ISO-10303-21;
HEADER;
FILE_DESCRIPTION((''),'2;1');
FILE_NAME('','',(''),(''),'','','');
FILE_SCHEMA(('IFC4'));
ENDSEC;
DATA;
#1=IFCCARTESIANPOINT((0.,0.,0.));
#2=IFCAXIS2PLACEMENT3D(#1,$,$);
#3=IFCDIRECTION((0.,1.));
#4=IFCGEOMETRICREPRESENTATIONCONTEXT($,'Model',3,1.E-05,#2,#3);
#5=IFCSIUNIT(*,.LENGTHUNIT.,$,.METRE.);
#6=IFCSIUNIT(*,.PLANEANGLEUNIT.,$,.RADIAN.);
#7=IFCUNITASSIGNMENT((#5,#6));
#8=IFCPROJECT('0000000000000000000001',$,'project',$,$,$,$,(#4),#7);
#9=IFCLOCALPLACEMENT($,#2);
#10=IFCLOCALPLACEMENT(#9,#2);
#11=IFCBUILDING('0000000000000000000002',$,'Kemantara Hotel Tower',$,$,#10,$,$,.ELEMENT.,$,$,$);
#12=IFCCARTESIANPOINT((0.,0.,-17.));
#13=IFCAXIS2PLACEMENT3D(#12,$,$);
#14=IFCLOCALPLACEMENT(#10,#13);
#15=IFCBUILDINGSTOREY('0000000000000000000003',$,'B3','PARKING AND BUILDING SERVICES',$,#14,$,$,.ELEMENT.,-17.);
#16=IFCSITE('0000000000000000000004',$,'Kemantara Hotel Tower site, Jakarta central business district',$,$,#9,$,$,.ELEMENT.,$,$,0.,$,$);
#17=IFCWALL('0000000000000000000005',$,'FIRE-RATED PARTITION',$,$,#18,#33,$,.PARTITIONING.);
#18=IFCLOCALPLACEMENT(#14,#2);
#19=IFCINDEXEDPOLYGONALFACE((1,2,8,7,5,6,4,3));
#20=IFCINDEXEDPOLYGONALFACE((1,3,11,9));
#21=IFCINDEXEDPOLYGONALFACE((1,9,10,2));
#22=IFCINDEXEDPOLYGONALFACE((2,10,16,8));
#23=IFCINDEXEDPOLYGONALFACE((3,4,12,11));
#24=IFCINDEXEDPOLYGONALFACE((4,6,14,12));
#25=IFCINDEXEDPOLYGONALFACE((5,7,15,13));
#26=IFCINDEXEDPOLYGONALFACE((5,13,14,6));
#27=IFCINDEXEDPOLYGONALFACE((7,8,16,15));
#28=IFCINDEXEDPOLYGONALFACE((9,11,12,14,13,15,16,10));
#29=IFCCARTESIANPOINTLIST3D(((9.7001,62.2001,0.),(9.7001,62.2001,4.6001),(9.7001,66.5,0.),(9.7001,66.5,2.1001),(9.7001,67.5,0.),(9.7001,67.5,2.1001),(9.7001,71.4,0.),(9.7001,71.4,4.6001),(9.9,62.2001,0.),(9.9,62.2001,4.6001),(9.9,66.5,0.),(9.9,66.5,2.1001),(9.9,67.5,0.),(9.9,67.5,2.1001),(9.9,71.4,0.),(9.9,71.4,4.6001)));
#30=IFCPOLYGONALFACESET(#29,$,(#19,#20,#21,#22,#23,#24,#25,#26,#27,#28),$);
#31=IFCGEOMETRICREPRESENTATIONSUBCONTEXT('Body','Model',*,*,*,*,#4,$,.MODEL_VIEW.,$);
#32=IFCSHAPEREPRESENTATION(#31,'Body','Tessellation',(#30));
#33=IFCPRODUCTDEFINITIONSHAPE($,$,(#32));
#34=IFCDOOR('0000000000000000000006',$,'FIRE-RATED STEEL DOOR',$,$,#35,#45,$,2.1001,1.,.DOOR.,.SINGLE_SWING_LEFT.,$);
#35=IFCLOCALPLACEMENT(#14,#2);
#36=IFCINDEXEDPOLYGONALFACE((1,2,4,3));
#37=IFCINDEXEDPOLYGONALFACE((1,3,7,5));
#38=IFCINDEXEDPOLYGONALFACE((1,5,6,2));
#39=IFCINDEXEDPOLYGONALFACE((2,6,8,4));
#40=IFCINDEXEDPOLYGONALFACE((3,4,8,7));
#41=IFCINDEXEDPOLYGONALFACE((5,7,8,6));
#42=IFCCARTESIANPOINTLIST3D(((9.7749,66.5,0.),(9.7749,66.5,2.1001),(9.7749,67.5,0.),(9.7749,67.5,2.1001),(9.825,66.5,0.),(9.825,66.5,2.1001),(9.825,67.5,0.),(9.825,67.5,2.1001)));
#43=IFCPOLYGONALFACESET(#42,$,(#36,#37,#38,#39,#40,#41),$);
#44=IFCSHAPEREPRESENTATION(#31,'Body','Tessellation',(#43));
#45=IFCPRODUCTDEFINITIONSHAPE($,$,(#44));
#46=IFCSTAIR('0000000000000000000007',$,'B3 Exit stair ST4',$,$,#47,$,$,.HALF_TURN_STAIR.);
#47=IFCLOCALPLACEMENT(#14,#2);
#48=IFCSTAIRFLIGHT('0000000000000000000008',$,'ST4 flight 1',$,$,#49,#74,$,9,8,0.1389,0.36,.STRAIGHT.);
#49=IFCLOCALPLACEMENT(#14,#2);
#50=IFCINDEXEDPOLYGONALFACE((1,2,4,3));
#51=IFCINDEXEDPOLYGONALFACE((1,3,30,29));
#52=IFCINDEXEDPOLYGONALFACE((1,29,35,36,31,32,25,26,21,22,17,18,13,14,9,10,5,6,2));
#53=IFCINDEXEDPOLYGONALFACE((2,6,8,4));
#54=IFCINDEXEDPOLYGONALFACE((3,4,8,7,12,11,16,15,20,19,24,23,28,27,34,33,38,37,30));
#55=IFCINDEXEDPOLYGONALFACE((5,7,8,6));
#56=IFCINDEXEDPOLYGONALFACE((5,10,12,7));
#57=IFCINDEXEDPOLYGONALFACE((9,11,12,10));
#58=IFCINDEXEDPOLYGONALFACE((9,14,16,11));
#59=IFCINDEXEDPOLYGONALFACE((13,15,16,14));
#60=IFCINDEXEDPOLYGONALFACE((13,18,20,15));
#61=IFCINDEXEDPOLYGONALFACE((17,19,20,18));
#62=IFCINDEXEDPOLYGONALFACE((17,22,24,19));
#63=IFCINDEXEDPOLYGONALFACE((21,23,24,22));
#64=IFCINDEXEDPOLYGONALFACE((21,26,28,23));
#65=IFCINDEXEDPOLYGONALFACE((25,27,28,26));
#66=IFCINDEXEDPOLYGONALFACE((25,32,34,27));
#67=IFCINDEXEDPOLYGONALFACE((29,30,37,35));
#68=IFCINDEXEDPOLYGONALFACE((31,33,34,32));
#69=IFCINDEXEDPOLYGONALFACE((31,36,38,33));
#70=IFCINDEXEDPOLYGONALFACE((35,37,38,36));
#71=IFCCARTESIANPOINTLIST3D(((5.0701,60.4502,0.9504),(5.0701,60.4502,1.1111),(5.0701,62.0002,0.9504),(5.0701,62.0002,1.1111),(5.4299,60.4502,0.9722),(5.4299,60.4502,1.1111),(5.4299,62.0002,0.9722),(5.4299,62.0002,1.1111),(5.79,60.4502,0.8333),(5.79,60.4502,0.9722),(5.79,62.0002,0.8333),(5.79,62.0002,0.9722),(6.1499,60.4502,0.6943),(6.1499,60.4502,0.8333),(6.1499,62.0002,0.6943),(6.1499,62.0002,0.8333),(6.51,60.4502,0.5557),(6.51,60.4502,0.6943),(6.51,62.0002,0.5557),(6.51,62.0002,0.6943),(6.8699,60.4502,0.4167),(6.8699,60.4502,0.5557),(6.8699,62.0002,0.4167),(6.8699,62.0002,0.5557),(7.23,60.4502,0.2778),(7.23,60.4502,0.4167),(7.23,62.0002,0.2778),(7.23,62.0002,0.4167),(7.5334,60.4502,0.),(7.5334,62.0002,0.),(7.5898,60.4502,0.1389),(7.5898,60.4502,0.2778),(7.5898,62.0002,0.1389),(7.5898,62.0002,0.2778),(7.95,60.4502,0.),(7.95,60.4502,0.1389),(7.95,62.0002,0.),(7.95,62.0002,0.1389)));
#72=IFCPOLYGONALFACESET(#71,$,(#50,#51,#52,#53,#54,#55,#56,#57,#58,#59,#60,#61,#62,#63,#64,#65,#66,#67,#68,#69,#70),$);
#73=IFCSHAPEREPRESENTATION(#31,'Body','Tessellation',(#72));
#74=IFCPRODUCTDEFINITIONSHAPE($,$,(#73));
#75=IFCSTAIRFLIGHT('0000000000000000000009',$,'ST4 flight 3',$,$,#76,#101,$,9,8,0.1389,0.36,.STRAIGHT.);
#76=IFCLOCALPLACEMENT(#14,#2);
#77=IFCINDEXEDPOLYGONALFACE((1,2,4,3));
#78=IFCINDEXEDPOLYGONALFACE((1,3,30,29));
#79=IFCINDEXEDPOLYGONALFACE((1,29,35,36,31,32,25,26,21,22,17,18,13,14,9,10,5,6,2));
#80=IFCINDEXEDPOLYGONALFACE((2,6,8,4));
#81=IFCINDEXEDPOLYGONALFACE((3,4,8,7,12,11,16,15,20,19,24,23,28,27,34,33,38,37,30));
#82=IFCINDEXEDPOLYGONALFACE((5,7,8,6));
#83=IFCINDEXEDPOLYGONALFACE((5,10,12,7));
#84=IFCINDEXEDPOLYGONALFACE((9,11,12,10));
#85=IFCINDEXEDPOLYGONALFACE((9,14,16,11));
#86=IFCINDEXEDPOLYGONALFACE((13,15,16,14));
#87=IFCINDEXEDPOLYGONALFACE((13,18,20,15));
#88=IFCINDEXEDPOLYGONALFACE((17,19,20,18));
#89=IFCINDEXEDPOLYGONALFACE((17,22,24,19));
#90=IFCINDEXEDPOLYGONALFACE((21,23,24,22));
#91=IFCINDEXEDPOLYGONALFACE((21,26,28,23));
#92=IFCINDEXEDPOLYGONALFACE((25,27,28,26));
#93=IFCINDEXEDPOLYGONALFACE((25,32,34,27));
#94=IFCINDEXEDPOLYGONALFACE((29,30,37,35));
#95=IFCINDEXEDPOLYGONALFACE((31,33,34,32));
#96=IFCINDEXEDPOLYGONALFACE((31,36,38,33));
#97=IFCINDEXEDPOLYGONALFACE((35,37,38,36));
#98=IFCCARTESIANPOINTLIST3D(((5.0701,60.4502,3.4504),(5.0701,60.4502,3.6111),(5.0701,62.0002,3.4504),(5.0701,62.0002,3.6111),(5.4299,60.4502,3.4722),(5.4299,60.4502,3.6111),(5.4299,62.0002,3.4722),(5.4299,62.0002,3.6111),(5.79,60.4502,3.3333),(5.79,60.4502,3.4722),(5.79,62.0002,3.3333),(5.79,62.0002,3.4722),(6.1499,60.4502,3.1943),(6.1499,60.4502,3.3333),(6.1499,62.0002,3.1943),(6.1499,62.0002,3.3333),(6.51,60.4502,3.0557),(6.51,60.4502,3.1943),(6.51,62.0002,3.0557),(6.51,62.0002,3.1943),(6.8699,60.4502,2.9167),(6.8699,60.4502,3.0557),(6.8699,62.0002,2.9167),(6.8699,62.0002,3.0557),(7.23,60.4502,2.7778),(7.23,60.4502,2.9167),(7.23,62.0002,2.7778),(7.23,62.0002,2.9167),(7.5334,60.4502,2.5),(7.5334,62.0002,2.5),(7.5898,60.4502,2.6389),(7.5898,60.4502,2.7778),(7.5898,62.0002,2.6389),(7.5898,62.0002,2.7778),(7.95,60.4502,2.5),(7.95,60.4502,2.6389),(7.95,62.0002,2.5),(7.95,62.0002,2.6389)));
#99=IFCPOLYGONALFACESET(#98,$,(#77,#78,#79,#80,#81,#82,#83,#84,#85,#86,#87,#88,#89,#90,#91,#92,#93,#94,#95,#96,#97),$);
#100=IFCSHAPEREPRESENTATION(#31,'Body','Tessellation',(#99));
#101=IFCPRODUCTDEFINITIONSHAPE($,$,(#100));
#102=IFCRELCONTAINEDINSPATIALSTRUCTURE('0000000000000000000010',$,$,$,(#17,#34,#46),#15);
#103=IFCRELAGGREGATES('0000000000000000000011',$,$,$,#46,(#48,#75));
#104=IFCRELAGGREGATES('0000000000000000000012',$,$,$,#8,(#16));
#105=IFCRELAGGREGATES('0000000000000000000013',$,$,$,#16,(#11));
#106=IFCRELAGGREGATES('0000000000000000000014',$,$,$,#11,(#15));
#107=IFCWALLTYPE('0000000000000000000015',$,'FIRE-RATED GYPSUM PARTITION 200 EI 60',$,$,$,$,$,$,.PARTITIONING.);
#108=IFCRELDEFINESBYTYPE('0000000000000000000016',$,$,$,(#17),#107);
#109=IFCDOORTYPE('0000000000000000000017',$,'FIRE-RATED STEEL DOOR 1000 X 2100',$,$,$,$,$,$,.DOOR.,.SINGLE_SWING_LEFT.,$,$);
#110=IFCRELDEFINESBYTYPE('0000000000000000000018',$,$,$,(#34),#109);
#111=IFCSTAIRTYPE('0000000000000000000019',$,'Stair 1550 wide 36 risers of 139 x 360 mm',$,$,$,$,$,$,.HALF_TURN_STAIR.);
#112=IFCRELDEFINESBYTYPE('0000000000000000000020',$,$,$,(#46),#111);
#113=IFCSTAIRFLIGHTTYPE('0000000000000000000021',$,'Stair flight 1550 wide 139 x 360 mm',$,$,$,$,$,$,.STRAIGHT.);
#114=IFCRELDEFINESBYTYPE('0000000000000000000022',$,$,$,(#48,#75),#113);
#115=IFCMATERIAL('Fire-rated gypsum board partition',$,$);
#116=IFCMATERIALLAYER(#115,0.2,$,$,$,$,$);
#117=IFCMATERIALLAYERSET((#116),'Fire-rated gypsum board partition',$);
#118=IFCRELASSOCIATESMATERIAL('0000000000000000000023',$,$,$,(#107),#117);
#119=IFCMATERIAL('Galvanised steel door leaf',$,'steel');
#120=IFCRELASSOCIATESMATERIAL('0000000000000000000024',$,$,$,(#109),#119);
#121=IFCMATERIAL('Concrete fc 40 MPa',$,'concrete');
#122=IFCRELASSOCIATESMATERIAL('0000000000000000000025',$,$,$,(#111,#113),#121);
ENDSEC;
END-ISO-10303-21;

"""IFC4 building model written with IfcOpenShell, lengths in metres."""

from ifc_helpers import new_model, si_unit, direction, frame, frame_2d, origin, place, context, subcontext, project, spatial, polyline, rectangle, outline, extrude, material, layer, layer_set, type_object, element, fill, aggregate, save


model = new_model("IFC4")

# Units and contexts
model_context = context("Model", 3, precision=1e-05, world=origin(), true_north=direction((0.0, 1.0)))
body_context = subcontext(model_context, "Body", "Model", "MODEL_VIEW")
ifc_project = project(units=[si_unit("LENGTHUNIT", "METRE"), si_unit("PLANEANGLEUNIT", "RADIAN")], contexts=[model_context])

# Site, building, storey
site_placement = place(None, origin())
site = spatial("IfcSite", under=ifc_project, at=site_placement, Name="Kemantara Hotel Tower site, Jakarta central business district", CompositionType="ELEMENT", RefElevation=0.0)
building_placement = place(site_placement, origin())
building = spatial("IfcBuilding", under=site, at=building_placement, Name="Kemantara Hotel Tower", CompositionType="ELEMENT")
storey_placement = place(building_placement, frame((0.0, 0.0, -17.0)))
storey = spatial("IfcBuildingStorey", under=building, at=storey_placement, Name="B3", Description="PARKING AND BUILDING SERVICES", CompositionType="ELEMENT", Elevation=-17.0)

# Shared definitions
ifc_material_1 = material(Name="Concrete fc 40 MPa", Category="concrete")

# Wall, opening, door
ifc_material_2 = material(Name="Fire-rated gypsum board partition")
ifc_layer_1 = layer(ifc_material_2, 0.2)
ifc_layer_set_1 = layer_set([ifc_layer_1], Name="Fire-rated gypsum board partition")
wall_type_1 = type_object("IfcWallType", Name="FIRE-RATED GYPSUM PARTITION 200 EI 60", PredefinedType="PARTITIONING", material=ifc_layer_set_1)
wall_1_placement = place(storey_placement, frame((9.8, 62.2, 0.0), z_axis=(0.0, 0.0, 1.0), x_axis=(0.0, 1.0, 0.0)))
wall_1 = element("IfcWall", 1, at=wall_1_placement, inside=storey, type_object=wall_type_1, Name="FIRE-RATED PARTITION", PredefinedType="PARTITIONING", context=body_context, shape_type="SweptSolid", body=[
    extrude(rectangle(XDim=9.2, YDim=0.2, at=frame_2d((4.6001, 0.0))), origin(), (0.0, 0.0, 1.0), 4.6001),
])
opening_1_placement = place(wall_1_placement, frame((4.3, 0.0, 0.0)))
opening_1 = element("IfcOpeningElement", 2, at=opening_1_placement, cuts=wall_1, PredefinedType="OPENING", context=body_context, shape_type="SweptSolid", body=[
    extrude(rectangle(XDim=1.0, YDim=2.1001, at=frame_2d((0.5, 1.05))), frame((0.0, 0.1099, 0.0), z_axis=(0.0, -1.0, 0.0), x_axis=(1.0, 0.0, 0.0)), (0.0, 0.0, 1.0), 0.22),
])
ifc_material_3 = material(Name="Galvanised steel door leaf", Category="steel")
door_type_1 = type_object("IfcDoorType", Name="FIRE-RATED STEEL DOOR 1000 X 2100", OperationType="SINGLE_SWING_LEFT", PredefinedType="DOOR", material=ifc_material_3)
door_1_placement = place(opening_1_placement, frame((1.0, 0.0, 0.0), z_axis=(0.0, 0.0, 1.0), x_axis=(-1.0, 0.0, 0.0)))
door_1 = element("IfcDoor", 3, at=door_1_placement, inside=storey, type_object=door_type_1, Name="FIRE-RATED STEEL DOOR", OperationType="SINGLE_SWING_LEFT", OverallHeight=2.1001, OverallWidth=1.0, PredefinedType="DOOR", context=body_context, shape_type="SweptSolid", body=[
    extrude(rectangle(XDim=1.0, YDim=2.1001, at=frame_2d((0.5, 1.05))), frame((0.0, 0.0249, 0.0), z_axis=(0.0, -1.0, 0.0), x_axis=(1.0, 0.0, 0.0)), (0.0, 0.0, 1.0), 0.05),
])
fill(opening_1, door_1)

# Stair, stair flights
stair_type = type_object("IfcStairType", Name="Stair 1550 wide 36 risers of 139 x 360 mm", PredefinedType="HALF_TURN_STAIR", material=ifc_material_1)
stair_placement = place(storey_placement, origin())
stair = element("IfcStair", 4, at=stair_placement, inside=storey, type_object=stair_type, Name="B3 Exit stair ST4", PredefinedType="HALF_TURN_STAIR")
stair_flight_type = type_object("IfcStairFlightType", Name="Stair flight 1550 wide 139 x 360 mm", PredefinedType="STRAIGHT", material=ifc_material_1)
stair_flight_1_placement = place(storey_placement, frame((7.95, 61.2251, 0.0), z_axis=(0.0, 0.0, 1.0), x_axis=(-1.0, 0.0, 0.0)))
stair_flight_1 = element("IfcStairFlight", 5, at=stair_flight_1_placement, type_object=stair_flight_type, Name="ST4 flight 1", NumberOfRisers=9, NumberOfTreads=8, PredefinedType="STRAIGHT", RiserHeight=0.1389, TreadLength=0.36, context=body_context, shape_type="SweptSolid", body=[
    extrude(outline(polyline([(0.0, 0.0), (0.0, 0.1389), (0.3601, 0.1389), (0.3601, 0.2778), (0.72, 0.2778), (0.72, 0.4167), (1.0801, 0.4167), (1.0801, 0.5557), (1.4399, 0.5557), (1.4399, 0.6943), (1.8, 0.6943), (1.8, 0.8333), (2.1599, 0.8333), (2.1599, 0.9722), (2.52, 0.9722), (2.52, 1.1111), (2.8799, 1.1111), (2.8799, 1.25), (2.8799, 0.9504), (0.4165, 0.0), (0.0, 0.0)])), frame((0.0, 0.7749, 0.0), z_axis=(0.0, -1.0, 0.0), x_axis=(1.0, 0.0, 0.0)), (0.0, 0.0, 1.0), 1.55),
])
stair_flight_2_placement = place(storey_placement, frame((7.95, 61.2251, 2.5), z_axis=(0.0, 0.0, 1.0), x_axis=(-1.0, 0.0, 0.0)))
stair_flight_2 = element("IfcStairFlight", 6, at=stair_flight_2_placement, type_object=stair_flight_type, Name="ST4 flight 3", NumberOfRisers=9, NumberOfTreads=8, PredefinedType="STRAIGHT", RiserHeight=0.1389, TreadLength=0.36, context=body_context, shape_type="SweptSolid", body=[
    extrude(outline(polyline([(0.0, 0.0), (0.0, 0.1389), (0.3601, 0.1389), (0.3601, 0.2778), (0.72, 0.2778), (0.72, 0.4167), (1.0801, 0.4167), (1.0801, 0.5557), (1.4399, 0.5557), (1.4399, 0.6943), (1.8, 0.6943), (1.8, 0.8333), (2.1599, 0.8333), (2.1599, 0.9722), (2.52, 0.9722), (2.52, 1.1111), (2.8799, 1.1111), (2.8799, 1.25), (2.8799, 0.9504), (0.4165, 0.0), (0.0, 0.0)])), frame((0.0, 0.7749, 0.0), z_axis=(0.0, -1.0, 0.0), x_axis=(1.0, 0.0, 0.0)), (0.0, 0.0, 1.0), 1.55),
])
aggregate(stair, [stair_flight_1, stair_flight_2])

save(model, "model.ifc")
